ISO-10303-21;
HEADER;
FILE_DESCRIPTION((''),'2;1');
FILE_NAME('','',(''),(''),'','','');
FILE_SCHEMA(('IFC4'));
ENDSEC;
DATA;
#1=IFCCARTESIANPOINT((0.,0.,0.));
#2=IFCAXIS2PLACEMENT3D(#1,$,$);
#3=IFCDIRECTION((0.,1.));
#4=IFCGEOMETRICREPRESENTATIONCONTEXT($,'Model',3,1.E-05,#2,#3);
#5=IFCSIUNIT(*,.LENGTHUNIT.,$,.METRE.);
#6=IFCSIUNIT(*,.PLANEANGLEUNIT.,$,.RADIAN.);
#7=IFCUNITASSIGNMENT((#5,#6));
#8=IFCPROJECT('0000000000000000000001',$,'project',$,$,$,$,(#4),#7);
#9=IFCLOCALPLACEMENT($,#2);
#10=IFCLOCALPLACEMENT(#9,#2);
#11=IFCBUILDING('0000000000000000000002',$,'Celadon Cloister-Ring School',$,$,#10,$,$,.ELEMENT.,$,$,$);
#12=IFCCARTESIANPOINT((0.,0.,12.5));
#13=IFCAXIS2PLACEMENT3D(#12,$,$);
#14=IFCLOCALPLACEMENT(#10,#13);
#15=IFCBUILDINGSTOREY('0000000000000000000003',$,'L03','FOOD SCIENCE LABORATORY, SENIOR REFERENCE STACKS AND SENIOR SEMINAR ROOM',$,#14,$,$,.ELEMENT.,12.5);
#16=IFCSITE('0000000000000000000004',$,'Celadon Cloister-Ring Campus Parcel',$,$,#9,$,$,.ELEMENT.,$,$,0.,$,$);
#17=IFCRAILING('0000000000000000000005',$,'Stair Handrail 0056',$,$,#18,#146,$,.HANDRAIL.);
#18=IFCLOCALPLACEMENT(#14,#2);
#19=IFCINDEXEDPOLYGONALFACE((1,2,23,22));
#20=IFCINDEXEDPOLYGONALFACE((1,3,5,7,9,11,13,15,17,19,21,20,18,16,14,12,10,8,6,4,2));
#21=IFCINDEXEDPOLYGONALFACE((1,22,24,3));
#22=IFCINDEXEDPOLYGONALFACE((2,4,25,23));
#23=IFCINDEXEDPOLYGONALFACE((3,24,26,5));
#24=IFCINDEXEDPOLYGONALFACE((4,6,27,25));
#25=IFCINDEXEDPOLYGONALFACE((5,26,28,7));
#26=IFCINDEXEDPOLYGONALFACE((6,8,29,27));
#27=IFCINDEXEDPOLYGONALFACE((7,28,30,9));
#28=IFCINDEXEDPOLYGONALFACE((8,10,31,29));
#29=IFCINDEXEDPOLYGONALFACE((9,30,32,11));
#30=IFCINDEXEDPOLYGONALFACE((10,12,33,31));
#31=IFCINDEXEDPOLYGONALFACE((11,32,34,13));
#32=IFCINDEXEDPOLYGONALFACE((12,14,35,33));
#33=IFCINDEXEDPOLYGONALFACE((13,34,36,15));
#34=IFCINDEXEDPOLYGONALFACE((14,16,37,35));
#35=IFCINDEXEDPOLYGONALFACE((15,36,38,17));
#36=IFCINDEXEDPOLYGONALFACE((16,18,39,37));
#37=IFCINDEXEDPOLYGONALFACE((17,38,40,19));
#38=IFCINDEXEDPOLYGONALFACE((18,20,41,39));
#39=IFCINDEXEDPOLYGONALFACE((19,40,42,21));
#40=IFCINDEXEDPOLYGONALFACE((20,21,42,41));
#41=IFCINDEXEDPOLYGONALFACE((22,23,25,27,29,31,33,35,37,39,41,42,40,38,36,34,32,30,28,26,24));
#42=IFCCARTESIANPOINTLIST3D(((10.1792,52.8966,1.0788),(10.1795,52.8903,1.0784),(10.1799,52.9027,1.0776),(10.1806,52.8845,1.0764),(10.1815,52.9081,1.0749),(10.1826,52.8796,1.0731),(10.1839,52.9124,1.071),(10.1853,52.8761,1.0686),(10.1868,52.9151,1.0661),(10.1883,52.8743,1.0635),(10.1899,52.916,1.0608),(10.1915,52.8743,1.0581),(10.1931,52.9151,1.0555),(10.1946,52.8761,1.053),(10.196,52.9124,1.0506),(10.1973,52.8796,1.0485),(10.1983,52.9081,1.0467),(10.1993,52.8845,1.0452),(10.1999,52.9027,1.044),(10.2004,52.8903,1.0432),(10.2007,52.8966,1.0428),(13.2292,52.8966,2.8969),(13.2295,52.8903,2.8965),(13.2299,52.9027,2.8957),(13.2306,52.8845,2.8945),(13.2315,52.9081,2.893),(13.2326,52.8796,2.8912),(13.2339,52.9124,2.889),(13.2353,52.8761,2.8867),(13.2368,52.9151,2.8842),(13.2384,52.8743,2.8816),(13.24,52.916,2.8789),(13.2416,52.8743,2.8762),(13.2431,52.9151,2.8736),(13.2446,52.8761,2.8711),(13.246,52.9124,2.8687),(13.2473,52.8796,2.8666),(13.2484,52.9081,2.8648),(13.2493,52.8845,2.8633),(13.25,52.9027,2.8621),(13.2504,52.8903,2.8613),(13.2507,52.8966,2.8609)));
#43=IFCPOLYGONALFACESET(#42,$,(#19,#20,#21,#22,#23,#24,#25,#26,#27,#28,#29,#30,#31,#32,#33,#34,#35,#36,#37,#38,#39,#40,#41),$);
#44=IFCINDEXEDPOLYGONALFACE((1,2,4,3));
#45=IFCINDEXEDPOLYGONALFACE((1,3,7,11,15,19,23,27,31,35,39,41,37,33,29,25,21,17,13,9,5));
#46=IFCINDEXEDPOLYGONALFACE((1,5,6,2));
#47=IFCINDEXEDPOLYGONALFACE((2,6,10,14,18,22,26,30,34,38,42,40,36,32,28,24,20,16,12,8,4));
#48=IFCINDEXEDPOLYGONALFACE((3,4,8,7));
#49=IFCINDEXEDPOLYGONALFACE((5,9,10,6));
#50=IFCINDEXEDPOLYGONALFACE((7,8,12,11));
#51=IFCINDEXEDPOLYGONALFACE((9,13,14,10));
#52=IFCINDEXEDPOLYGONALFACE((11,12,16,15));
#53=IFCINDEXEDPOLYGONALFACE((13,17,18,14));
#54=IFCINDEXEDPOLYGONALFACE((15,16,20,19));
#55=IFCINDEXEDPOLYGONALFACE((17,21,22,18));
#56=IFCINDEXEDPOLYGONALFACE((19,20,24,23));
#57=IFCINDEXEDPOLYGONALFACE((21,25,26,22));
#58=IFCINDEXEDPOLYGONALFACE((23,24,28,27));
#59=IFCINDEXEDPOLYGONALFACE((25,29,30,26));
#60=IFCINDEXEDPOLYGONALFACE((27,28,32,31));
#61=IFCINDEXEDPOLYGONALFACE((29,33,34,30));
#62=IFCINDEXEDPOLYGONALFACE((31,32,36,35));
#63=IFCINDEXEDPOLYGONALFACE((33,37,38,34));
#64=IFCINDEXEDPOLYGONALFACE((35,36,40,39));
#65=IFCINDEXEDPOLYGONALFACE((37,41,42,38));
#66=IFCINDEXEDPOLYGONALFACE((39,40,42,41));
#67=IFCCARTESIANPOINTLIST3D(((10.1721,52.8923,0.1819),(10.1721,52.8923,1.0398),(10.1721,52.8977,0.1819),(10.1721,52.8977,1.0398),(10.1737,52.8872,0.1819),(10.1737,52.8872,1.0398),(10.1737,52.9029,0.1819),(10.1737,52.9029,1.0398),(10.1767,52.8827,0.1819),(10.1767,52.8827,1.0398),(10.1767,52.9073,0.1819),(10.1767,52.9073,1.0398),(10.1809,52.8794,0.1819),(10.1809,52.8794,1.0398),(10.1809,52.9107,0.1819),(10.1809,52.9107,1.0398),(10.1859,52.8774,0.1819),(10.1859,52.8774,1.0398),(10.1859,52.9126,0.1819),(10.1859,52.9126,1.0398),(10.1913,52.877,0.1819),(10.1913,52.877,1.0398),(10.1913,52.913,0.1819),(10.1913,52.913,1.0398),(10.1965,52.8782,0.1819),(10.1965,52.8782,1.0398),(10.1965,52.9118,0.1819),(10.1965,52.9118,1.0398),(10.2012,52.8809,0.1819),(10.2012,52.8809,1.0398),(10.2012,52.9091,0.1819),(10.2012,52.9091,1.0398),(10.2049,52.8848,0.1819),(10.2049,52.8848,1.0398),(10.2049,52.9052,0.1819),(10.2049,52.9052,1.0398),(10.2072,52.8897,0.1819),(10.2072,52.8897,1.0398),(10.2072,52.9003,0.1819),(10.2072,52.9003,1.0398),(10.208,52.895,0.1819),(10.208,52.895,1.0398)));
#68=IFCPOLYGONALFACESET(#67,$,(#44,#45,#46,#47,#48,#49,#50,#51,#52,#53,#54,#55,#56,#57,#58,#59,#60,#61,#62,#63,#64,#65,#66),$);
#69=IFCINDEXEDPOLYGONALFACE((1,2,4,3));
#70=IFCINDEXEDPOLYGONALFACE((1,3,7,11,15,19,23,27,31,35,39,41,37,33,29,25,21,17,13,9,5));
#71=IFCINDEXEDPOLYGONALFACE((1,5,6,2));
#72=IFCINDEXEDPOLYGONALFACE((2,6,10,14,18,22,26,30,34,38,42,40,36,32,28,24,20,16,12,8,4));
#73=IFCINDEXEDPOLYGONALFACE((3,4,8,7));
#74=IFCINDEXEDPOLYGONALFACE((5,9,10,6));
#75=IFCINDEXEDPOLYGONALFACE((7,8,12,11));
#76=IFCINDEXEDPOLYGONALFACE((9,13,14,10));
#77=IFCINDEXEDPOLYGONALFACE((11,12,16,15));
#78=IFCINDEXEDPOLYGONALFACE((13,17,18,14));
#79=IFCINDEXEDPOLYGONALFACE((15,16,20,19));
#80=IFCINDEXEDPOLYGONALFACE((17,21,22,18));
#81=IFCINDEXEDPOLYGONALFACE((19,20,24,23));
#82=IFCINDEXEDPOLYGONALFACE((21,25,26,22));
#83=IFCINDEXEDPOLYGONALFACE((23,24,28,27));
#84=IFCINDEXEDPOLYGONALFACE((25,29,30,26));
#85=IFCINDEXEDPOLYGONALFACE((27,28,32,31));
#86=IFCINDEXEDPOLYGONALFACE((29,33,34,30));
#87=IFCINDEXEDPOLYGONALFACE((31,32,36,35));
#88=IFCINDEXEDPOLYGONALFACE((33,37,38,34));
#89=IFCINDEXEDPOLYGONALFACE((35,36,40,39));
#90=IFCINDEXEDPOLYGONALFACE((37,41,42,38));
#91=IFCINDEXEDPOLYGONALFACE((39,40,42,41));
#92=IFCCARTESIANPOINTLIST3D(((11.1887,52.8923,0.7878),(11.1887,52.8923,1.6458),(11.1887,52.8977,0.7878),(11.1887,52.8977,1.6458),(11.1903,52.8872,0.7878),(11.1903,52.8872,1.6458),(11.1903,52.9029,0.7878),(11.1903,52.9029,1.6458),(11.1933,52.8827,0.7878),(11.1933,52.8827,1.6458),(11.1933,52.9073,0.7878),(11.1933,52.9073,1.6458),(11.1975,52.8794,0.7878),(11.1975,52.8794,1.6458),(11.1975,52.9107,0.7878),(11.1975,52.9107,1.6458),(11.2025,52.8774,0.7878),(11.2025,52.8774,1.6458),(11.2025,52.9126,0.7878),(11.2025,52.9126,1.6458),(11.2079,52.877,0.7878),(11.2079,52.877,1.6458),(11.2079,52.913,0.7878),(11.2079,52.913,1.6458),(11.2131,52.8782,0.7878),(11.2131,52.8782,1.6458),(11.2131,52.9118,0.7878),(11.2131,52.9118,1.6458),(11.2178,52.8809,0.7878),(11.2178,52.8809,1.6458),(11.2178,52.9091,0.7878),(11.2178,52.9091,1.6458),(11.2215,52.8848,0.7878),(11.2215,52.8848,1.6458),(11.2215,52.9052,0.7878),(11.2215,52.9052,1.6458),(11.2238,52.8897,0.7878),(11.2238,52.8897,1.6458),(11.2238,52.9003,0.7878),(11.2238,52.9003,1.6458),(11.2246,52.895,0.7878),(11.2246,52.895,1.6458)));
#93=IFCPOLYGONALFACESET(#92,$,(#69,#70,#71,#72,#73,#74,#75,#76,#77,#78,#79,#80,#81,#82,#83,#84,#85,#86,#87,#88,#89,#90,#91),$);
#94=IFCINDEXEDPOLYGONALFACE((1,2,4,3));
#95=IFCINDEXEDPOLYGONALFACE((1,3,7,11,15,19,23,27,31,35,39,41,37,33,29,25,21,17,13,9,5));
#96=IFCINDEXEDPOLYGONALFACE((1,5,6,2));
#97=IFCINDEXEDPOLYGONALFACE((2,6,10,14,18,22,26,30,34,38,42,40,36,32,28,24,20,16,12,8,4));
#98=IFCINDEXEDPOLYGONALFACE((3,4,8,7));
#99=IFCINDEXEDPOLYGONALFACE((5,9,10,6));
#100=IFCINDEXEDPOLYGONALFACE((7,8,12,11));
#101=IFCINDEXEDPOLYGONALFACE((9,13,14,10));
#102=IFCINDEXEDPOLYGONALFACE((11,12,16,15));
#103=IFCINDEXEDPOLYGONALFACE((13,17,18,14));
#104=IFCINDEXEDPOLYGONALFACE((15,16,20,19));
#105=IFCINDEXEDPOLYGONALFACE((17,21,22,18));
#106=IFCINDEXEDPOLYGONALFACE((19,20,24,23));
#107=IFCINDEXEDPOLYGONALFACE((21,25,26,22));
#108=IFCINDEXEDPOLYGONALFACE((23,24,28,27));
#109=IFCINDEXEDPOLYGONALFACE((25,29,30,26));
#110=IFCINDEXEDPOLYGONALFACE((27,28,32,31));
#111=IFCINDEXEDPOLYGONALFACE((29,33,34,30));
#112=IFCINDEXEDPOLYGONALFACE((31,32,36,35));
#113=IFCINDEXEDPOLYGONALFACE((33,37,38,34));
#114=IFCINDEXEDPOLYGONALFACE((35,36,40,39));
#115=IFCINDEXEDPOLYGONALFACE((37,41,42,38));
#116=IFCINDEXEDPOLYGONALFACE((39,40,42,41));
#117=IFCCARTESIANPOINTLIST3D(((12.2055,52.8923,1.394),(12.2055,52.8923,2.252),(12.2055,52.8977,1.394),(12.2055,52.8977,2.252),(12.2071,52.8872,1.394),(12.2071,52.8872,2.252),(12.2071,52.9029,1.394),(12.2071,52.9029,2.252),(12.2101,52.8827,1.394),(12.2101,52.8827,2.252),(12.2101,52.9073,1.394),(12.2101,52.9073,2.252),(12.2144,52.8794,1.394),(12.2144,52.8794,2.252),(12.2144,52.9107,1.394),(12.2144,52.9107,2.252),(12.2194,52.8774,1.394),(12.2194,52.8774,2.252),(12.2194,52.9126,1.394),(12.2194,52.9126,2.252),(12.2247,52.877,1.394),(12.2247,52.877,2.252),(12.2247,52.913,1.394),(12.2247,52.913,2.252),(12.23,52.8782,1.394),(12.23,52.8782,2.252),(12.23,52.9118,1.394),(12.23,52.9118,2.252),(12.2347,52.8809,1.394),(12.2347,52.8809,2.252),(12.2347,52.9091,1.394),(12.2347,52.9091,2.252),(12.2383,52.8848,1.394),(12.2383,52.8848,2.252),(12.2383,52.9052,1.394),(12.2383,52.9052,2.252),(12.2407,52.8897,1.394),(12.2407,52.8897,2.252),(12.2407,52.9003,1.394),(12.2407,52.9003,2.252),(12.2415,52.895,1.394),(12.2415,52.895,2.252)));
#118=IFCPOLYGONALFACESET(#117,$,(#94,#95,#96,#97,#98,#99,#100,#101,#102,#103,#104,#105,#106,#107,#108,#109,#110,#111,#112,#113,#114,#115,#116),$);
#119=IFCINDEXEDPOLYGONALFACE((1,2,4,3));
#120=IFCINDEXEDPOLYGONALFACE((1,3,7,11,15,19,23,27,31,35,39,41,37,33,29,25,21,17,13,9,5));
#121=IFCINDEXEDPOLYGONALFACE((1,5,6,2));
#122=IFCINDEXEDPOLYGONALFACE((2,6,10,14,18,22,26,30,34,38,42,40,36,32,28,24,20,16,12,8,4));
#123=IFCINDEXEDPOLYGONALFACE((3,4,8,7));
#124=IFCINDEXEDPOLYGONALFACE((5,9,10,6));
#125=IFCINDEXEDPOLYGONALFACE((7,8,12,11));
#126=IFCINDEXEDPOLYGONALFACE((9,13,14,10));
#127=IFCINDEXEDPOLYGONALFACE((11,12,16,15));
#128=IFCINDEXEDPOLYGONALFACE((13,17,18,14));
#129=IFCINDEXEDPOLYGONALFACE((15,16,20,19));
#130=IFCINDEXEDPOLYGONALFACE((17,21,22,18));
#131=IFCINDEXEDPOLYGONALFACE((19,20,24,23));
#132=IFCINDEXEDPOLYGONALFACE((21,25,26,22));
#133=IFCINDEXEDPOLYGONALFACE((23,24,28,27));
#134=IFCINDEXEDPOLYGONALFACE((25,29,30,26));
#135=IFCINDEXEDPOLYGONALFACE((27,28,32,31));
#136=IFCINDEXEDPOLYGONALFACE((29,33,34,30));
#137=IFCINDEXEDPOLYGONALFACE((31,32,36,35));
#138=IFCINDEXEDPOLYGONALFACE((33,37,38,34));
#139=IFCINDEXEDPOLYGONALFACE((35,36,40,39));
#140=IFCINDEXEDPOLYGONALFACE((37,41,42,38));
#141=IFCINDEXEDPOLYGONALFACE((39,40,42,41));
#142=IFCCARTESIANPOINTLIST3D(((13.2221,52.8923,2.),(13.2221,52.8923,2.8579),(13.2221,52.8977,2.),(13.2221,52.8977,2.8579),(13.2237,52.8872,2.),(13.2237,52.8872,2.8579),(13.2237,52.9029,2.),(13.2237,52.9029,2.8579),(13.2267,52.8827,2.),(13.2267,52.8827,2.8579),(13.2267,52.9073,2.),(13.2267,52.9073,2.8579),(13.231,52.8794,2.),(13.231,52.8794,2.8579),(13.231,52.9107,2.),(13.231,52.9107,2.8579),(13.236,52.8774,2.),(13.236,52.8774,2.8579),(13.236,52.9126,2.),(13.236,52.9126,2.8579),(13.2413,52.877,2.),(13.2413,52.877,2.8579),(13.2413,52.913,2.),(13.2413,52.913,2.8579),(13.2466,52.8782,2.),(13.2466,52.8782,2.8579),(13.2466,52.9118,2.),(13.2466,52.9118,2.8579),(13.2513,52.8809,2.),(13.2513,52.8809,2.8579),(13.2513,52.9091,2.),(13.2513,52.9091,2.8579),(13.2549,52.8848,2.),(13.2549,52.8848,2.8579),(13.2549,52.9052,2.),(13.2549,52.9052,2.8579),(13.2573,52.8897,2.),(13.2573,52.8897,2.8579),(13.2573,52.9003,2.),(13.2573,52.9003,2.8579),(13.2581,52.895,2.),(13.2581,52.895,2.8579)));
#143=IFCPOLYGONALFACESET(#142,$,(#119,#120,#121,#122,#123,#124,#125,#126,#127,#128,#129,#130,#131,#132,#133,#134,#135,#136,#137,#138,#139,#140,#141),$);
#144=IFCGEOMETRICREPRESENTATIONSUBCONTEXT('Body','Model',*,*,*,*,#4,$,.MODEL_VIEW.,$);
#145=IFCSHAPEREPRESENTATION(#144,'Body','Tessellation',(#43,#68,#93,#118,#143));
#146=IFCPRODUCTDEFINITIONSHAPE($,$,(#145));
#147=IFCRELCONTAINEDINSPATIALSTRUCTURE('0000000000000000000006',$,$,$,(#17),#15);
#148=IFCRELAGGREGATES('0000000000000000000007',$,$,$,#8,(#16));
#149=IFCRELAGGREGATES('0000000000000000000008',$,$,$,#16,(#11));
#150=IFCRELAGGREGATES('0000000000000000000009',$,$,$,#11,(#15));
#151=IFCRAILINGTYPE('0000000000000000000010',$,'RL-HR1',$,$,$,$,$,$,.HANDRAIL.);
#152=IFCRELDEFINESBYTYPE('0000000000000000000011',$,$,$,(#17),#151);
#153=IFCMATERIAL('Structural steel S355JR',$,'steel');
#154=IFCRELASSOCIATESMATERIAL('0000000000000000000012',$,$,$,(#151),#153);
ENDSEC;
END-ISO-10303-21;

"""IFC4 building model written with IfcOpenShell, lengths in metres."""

from ifc_helpers import new_model, si_unit, direction, frame, origin, origin_2d, place, context, subcontext, project, spatial, circle, extrude, material, type_object, element, save


model = new_model("IFC4")

# Units and contexts
model_context = context("Model", 3, precision=1e-05, world=origin(), true_north=direction((0.0, 1.0)))
body_context = subcontext(model_context, "Body", "Model", "MODEL_VIEW")
ifc_project = project(units=[si_unit("LENGTHUNIT", "METRE"), si_unit("PLANEANGLEUNIT", "RADIAN")], contexts=[model_context])

# Site, building, storey
site_placement = place(None, origin())
site = spatial("IfcSite", under=ifc_project, at=site_placement, Name="Celadon Cloister-Ring Campus Parcel", CompositionType="ELEMENT", RefElevation=0.0)
building_placement = place(site_placement, origin())
building = spatial("IfcBuilding", under=site, at=building_placement, Name="Celadon Cloister-Ring School", CompositionType="ELEMENT")
storey_placement = place(building_placement, frame((0.0, 0.0, 12.5)))
storey = spatial("IfcBuildingStorey", under=building, at=storey_placement, Name="L03", Description="FOOD SCIENCE LABORATORY, SENIOR REFERENCE STACKS AND SENIOR SEMINAR ROOM", CompositionType="ELEMENT", Elevation=12.5)

# Railing
ifc_material_1 = material(Name="Structural steel S355JR", Category="steel")
railing_type_1 = type_object("IfcRailingType", Name="RL-HR1", PredefinedType="HANDRAIL", material=ifc_material_1)
for number, where, name in (
    (1, (10.1899, 52.895, 0.1819), "Stair Handrail 0056"),
):
    element("IfcRailing", number, at=place(storey_placement, frame(where)), inside=storey, type_object=railing_type_1, Name=name, PredefinedType="HANDRAIL", context=body_context, shape_type="SweptSolid", body=[
        extrude(circle(Radius=0.021, at=origin_2d()), frame((0.0, 0.0, 0.8789), z_axis=(0.85897, 0.0, 0.512026), x_axis=(0.0, 1.0, 0.0)), (0.0, 0.0, 1.0), 3.5508),
        extrude(circle(Radius=0.0181, at=origin_2d()), origin(), (0.0, 0.0, 1.0), 0.8579),
        extrude(circle(Radius=0.0181, at=origin_2d()), frame((1.0166, 0.0, 0.606)), (0.0, 0.0, 1.0), 0.8579),
        extrude(circle(Radius=0.0181, at=origin_2d()), frame((2.0334, 0.0, 1.2122)), (0.0, 0.0, 1.0), 0.8579),
        extrude(circle(Radius=0.0181, at=origin_2d()), frame((3.05, 0.0, 1.8181)), (0.0, 0.0, 1.0), 0.8579),
    ])

save(model, "model.ifc")
